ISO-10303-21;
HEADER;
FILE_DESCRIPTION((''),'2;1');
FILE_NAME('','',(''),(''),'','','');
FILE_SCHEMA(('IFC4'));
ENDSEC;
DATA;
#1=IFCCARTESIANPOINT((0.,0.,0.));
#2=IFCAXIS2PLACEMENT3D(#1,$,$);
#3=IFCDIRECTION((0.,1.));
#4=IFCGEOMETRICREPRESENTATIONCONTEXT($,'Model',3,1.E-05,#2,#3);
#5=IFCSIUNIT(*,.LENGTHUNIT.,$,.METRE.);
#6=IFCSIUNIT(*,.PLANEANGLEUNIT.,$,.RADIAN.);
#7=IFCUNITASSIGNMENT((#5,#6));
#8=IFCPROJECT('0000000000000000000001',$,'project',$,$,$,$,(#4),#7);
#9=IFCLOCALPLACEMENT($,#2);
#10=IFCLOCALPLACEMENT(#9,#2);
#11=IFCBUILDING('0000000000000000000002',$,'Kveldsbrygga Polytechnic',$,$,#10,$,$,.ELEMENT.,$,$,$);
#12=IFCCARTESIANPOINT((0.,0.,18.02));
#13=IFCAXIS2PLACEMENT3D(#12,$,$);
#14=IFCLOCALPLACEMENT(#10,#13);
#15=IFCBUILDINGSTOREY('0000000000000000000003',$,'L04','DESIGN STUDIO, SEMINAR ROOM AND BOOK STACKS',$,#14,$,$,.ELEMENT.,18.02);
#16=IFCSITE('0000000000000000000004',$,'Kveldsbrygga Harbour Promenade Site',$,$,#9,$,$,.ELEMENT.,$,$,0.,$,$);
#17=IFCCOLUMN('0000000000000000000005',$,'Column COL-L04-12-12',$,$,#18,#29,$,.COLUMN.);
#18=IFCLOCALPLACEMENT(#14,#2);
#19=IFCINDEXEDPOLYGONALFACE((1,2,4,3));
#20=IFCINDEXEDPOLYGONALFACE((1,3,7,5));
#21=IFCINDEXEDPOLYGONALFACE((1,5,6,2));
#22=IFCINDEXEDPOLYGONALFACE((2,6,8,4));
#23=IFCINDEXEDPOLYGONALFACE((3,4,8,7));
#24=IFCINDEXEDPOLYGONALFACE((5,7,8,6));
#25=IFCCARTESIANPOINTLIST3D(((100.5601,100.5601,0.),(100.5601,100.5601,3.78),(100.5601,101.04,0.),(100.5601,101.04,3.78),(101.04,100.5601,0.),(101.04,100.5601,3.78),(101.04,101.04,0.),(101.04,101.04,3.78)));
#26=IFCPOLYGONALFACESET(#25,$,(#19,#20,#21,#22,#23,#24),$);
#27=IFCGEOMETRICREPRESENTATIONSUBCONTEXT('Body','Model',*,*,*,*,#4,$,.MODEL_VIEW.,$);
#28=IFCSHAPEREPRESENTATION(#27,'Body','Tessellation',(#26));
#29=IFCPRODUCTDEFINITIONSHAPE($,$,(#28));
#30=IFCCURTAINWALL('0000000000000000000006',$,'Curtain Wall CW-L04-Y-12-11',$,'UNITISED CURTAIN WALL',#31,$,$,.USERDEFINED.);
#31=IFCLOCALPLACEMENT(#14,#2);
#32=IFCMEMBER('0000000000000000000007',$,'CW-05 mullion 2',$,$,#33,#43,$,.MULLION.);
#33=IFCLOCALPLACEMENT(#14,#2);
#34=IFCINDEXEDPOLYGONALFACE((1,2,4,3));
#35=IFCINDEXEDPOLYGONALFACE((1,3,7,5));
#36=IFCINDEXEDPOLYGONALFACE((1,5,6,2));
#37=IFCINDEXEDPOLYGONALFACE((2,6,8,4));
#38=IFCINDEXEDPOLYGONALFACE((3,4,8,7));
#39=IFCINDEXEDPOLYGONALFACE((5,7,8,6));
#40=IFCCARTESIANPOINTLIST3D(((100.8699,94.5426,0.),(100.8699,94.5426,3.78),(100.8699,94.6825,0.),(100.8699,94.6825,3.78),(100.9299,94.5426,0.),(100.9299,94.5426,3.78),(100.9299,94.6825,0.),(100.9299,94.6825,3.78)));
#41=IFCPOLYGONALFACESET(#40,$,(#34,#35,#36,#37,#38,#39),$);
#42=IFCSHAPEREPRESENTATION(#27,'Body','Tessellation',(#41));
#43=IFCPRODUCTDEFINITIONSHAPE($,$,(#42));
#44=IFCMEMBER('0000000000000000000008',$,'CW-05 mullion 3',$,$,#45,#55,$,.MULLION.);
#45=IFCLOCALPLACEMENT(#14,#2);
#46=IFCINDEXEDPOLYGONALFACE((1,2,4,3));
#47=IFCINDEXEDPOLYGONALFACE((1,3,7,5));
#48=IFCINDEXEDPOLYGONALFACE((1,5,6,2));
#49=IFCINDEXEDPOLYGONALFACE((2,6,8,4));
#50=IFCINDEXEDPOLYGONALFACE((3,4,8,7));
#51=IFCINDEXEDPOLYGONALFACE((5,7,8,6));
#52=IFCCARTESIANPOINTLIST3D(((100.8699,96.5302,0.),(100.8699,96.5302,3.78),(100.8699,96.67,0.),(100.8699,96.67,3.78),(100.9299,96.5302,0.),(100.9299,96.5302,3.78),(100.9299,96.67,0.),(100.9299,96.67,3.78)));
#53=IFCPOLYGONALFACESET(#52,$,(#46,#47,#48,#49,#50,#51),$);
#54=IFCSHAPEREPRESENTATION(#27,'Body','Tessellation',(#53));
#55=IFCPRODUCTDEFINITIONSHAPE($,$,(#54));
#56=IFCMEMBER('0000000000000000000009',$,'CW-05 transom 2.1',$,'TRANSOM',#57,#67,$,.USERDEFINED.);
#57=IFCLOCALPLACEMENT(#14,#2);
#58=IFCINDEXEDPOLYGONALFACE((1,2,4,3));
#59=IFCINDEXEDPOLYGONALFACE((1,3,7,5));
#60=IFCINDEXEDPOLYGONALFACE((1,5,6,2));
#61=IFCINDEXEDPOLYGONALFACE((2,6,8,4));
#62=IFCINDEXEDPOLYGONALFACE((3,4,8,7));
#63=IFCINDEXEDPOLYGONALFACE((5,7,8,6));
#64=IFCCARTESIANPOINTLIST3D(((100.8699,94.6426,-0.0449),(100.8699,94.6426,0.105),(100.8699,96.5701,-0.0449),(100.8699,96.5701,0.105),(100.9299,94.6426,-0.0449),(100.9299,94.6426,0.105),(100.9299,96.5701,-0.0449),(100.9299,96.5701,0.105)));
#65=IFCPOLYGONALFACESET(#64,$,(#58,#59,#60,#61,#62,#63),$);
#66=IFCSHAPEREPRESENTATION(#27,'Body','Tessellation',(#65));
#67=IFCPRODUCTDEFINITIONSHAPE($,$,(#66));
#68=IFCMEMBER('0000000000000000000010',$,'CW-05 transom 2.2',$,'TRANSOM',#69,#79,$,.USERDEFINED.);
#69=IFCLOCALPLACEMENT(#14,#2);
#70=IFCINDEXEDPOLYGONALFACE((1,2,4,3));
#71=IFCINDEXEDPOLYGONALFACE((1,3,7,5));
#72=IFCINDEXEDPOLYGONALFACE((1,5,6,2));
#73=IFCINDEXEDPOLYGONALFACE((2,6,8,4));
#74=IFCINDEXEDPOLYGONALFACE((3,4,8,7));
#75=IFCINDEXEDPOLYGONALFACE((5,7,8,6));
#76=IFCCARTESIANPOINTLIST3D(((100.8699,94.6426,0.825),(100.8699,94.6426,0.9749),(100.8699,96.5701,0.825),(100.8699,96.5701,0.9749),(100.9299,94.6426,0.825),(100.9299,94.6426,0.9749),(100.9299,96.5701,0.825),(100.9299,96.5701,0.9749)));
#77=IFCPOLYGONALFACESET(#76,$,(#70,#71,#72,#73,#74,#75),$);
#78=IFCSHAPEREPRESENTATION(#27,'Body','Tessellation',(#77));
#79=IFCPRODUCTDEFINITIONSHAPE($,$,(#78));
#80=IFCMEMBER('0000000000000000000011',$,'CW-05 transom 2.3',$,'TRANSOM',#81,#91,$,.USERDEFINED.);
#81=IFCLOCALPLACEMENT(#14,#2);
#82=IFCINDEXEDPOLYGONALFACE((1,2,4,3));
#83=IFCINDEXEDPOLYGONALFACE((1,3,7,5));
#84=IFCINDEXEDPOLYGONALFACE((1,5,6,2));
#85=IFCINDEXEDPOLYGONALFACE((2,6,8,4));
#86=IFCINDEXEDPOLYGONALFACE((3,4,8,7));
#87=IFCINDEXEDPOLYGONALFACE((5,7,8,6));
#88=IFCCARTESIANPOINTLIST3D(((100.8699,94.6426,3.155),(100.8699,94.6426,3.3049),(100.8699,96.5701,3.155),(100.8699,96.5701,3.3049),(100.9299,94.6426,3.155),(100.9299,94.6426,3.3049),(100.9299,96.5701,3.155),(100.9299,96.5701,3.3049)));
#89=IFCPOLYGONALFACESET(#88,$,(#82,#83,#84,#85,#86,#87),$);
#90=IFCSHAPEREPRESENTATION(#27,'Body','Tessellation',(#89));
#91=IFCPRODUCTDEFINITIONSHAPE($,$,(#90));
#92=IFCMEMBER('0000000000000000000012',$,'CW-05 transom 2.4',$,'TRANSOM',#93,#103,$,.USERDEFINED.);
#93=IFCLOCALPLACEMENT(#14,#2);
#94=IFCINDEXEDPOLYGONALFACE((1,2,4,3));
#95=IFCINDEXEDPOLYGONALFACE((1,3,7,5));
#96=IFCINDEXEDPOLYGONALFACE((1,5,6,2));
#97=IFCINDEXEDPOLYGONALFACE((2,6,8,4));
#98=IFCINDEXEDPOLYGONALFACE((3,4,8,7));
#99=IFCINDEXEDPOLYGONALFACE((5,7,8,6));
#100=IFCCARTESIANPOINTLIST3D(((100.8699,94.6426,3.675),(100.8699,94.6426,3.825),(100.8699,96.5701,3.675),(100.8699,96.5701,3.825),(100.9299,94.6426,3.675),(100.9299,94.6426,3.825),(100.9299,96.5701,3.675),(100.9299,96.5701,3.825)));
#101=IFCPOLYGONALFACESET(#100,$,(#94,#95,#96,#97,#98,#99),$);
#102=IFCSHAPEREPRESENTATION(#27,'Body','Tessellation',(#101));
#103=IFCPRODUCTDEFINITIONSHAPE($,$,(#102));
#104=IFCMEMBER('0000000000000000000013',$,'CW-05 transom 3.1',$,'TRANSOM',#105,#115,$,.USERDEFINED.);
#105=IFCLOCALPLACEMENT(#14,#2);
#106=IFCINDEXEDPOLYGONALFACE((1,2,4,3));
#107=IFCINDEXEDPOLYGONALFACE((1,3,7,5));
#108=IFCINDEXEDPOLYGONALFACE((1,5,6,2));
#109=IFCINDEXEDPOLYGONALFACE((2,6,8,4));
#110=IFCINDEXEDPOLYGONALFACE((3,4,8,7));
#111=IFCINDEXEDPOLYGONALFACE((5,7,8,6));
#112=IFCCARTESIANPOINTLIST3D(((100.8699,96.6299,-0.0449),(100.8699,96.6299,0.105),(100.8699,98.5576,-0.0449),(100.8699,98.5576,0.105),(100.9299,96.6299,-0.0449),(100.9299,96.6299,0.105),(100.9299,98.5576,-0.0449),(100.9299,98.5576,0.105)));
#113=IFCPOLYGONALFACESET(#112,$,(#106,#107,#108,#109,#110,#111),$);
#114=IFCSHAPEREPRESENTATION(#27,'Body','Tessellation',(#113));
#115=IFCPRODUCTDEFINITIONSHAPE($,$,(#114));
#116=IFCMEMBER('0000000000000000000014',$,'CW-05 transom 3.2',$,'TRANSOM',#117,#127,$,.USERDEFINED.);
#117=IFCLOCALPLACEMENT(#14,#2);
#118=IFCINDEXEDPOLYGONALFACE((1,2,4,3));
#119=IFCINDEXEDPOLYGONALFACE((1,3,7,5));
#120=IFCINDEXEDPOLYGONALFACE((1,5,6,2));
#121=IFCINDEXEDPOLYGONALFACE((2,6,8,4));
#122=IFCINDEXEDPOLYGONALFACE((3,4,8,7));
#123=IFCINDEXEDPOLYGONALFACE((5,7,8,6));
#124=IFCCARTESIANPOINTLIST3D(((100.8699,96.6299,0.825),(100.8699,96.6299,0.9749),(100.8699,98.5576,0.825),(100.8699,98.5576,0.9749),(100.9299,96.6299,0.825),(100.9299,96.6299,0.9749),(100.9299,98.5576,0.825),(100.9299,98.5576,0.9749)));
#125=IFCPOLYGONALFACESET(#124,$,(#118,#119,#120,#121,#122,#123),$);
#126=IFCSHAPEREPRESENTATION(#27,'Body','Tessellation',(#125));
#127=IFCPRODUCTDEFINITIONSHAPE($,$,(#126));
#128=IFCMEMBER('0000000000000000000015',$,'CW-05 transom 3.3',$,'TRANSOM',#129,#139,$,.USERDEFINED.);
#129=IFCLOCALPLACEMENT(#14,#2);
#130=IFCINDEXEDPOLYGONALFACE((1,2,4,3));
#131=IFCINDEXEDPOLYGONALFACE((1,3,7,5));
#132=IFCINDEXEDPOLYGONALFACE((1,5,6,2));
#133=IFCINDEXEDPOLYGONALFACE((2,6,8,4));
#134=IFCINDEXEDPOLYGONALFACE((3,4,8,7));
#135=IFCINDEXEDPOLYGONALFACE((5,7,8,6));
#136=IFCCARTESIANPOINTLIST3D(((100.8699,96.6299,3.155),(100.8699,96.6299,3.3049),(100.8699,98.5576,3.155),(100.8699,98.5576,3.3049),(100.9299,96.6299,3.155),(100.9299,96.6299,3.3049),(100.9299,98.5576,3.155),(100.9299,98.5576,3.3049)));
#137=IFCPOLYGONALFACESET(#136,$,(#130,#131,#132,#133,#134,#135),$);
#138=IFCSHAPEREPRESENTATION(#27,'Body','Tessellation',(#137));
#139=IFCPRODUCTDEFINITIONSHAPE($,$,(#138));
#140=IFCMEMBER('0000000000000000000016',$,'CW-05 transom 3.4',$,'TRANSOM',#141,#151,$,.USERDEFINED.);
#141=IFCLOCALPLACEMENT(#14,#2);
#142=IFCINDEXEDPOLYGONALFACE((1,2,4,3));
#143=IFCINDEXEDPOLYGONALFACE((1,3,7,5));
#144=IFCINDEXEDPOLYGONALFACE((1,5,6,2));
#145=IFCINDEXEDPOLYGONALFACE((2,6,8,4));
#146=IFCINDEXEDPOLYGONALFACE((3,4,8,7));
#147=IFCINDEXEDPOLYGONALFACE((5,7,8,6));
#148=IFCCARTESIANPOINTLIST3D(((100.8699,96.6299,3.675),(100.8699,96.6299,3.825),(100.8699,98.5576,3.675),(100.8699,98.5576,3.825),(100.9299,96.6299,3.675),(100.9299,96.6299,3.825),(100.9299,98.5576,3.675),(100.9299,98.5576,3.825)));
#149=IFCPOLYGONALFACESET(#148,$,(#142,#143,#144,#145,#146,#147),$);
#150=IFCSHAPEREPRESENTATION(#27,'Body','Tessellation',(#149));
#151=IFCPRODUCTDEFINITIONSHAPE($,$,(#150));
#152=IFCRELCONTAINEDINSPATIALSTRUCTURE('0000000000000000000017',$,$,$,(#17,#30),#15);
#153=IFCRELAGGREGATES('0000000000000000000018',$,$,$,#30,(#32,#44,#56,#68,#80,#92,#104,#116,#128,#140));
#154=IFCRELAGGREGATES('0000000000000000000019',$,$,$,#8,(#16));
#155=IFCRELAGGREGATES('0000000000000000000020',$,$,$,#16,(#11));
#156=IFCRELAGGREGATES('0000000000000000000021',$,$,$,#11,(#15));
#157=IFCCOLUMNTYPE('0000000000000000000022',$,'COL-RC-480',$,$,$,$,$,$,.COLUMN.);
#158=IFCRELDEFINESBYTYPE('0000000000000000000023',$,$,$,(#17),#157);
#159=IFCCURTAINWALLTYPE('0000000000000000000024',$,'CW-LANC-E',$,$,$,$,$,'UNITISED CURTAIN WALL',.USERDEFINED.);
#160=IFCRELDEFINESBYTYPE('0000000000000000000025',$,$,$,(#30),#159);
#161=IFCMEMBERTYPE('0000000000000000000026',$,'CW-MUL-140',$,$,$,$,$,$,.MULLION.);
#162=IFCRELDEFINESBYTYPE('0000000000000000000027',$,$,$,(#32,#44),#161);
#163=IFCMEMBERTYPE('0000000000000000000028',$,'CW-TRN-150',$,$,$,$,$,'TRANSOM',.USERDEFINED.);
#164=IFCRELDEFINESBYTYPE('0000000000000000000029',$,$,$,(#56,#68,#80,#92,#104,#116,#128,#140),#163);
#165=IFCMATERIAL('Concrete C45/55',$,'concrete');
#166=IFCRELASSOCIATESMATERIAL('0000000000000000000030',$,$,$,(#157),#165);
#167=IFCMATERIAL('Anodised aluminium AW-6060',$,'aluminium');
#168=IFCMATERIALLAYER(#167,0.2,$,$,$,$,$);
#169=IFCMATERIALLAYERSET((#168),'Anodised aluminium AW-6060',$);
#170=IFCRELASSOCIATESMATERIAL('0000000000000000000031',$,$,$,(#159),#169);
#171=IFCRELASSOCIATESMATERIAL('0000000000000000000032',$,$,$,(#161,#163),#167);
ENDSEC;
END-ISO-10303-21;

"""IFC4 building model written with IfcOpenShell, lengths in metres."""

from ifc_helpers import new_model, si_unit, direction, frame, origin, origin_2d, place, context, subcontext, project, spatial, rectangle, extrude, material, layer, layer_set, material_profile, profile_set, type_object, element, aggregate, save


model = new_model("IFC4")

# Units and contexts
model_context = context("Model", 3, precision=1e-05, world=origin(), true_north=direction((0.0, 1.0)))
body_context = subcontext(model_context, "Body", "Model", "MODEL_VIEW")
ifc_project = project(units=[si_unit("LENGTHUNIT", "METRE"), si_unit("PLANEANGLEUNIT", "RADIAN")], contexts=[model_context])

# Site, building, storey
site_placement = place(None, origin())
site = spatial("IfcSite", under=ifc_project, at=site_placement, Name="Kveldsbrygga Harbour Promenade Site", CompositionType="ELEMENT", RefElevation=0.0)
building_placement = place(site_placement, origin())
building = spatial("IfcBuilding", under=site, at=building_placement, Name="Kveldsbrygga Polytechnic", CompositionType="ELEMENT")
storey_placement = place(building_placement, frame((0.0, 0.0, 18.02)))
storey = spatial("IfcBuildingStorey", under=building, at=storey_placement, Name="L04", Description="DESIGN STUDIO, SEMINAR ROOM AND BOOK STACKS", CompositionType="ELEMENT", Elevation=18.02)

# Column
ifc_material_1 = material(Name="Concrete C45/55", Category="concrete")
ifc_material_profile_1 = material_profile(ifc_material_1, rectangle(XDim=0.48, YDim=0.48, at=origin_2d()), Name="RC 480x480")
ifc_profile_set_1 = profile_set([ifc_material_profile_1], Name="Concrete C45/55")
column_type = type_object("IfcColumnType", Name="COL-RC-480", PredefinedType="COLUMN", material=ifc_profile_set_1)
column_placement = place(storey_placement, frame((100.8, 100.8, 0.0), z_axis=(0.0, 0.0, 1.0), x_axis=(1.0, 0.0, 0.0)))
element("IfcColumn", 1, at=column_placement, inside=storey, type_object=column_type, Name="Column COL-L04-12-12", PredefinedType="COLUMN", context=body_context, shape_type="SweptSolid", body=[
    extrude(rectangle(XDim=0.48, YDim=0.48, at=origin_2d()), origin(), (0.0, 0.0, 1.0), 3.78),
])

# Curtain wall, members
ifc_material_2 = material(Name="Anodised aluminium AW-6060", Category="aluminium")
ifc_layer_1 = layer(ifc_material_2, 0.2)
ifc_layer_set_1 = layer_set([ifc_layer_1], Name="Anodised aluminium AW-6060")
curtain_wall_type = type_object("IfcCurtainWallType", Name="CW-LANC-E", ElementType="UNITISED CURTAIN WALL", PredefinedType="USERDEFINED", material=ifc_layer_set_1)
curtain_wall_placement = place(storey_placement, origin())
curtain_wall = element("IfcCurtainWall", 2, at=curtain_wall_placement, inside=storey, type_object=curtain_wall_type, Name="Curtain Wall CW-L04-Y-12-11", ObjectType="UNITISED CURTAIN WALL", PredefinedType="USERDEFINED")
ifc_material_profile_2 = material_profile(ifc_material_2, rectangle(XDim=0.0601, YDim=0.1399, at=origin_2d()), Name="ALU 60x140")
ifc_profile_set_2 = profile_set([ifc_material_profile_2], Name="Anodised aluminium AW-6060")
member_type_1 = type_object("IfcMemberType", Name="CW-MUL-140", PredefinedType="MULLION", material=ifc_profile_set_2)
member_1_placement = place(storey_placement, frame((100.8999, 94.6125, 0.0), z_axis=(0.0, 0.0, 1.0), x_axis=(-1.0, 0.0, 0.0)))
member_1 = element("IfcMember", 3, at=member_1_placement, type_object=member_type_1, Name="CW-05 mullion 2", PredefinedType="MULLION", context=body_context, shape_type="SweptSolid", body=[
    extrude(rectangle(XDim=0.0601, YDim=0.1399, at=origin_2d()), origin(), (0.0, 0.0, 1.0), 3.78),
])
member_2_placement = place(storey_placement, frame((100.8999, 96.6001, 0.0), z_axis=(0.0, 0.0, 1.0), x_axis=(-1.0, 0.0, 0.0)))
member_2 = element("IfcMember", 4, at=member_2_placement, type_object=member_type_1, Name="CW-05 mullion 3", PredefinedType="MULLION", context=body_context, shape_type="SweptSolid", body=[
    extrude(rectangle(XDim=0.0601, YDim=0.1399, at=origin_2d()), origin(), (0.0, 0.0, 1.0), 3.78),
])
ifc_material_profile_3 = material_profile(ifc_material_2, rectangle(XDim=0.0601, YDim=0.1499, at=origin_2d()), Name="ALU 60x150")
ifc_profile_set_3 = profile_set([ifc_material_profile_3], Name="Anodised aluminium AW-6060")
member_type_2 = type_object("IfcMemberType", Name="CW-TRN-150", ElementType="TRANSOM", PredefinedType="USERDEFINED", material=ifc_profile_set_3)
member_3_placement = place(storey_placement, frame((100.8999, 94.6426, 0.03), z_axis=(0.0, 1.0, 0.0), x_axis=(-1.0, 0.0, 0.0)))
member_3 = element("IfcMember", 5, at=member_3_placement, type_object=member_type_2, Name="CW-05 transom 2.1", ObjectType="TRANSOM", PredefinedType="USERDEFINED", context=body_context, shape_type="SweptSolid", body=[
    extrude(rectangle(XDim=0.0601, YDim=0.1499, at=origin_2d()), origin(), (0.0, 0.0, 1.0), 1.9275),
])
member_4_placement = place(storey_placement, frame((100.8999, 94.6426, 0.8999), z_axis=(0.0, 1.0, 0.0), x_axis=(-1.0, 0.0, 0.0)))
member_4 = element("IfcMember", 6, at=member_4_placement, type_object=member_type_2, Name="CW-05 transom 2.2", ObjectType="TRANSOM", PredefinedType="USERDEFINED", context=body_context, shape_type="SweptSolid", body=[
    extrude(rectangle(XDim=0.0601, YDim=0.1499, at=origin_2d()), origin(), (0.0, 0.0, 1.0), 1.9275),
])
member_5_placement = place(storey_placement, frame((100.8999, 94.6426, 3.23), z_axis=(0.0, 1.0, 0.0), x_axis=(-1.0, 0.0, 0.0)))
member_5 = element("IfcMember", 7, at=member_5_placement, type_object=member_type_2, Name="CW-05 transom 2.3", ObjectType="TRANSOM", PredefinedType="USERDEFINED", context=body_context, shape_type="SweptSolid", body=[
    extrude(rectangle(XDim=0.0601, YDim=0.1499, at=origin_2d()), origin(), (0.0, 0.0, 1.0), 1.9275),
])
member_6_placement = place(storey_placement, frame((100.8999, 94.6426, 3.75), z_axis=(0.0, 1.0, 0.0), x_axis=(-1.0, 0.0, 0.0)))
member_6 = element("IfcMember", 8, at=member_6_placement, type_object=member_type_2, Name="CW-05 transom 2.4", ObjectType="TRANSOM", PredefinedType="USERDEFINED", context=body_context, shape_type="SweptSolid", body=[
    extrude(rectangle(XDim=0.0601, YDim=0.1499, at=origin_2d()), origin(), (0.0, 0.0, 1.0), 1.9275),
])
member_7_placement = place(storey_placement, frame((100.8999, 96.6299, 0.03), z_axis=(0.0, 1.0, 0.0), x_axis=(-1.0, 0.0, 0.0)))
member_7 = element("IfcMember", 9, at=member_7_placement, type_object=member_type_2, Name="CW-05 transom 3.1", ObjectType="TRANSOM", PredefinedType="USERDEFINED", context=body_context, shape_type="SweptSolid", body=[
    extrude(rectangle(XDim=0.0601, YDim=0.1499, at=origin_2d()), origin(), (0.0, 0.0, 1.0), 1.9277),
])
member_8_placement = place(storey_placement, frame((100.8999, 96.6299, 0.8999), z_axis=(0.0, 1.0, 0.0), x_axis=(-1.0, 0.0, 0.0)))
member_8 = element("IfcMember", 10, at=member_8_placement, type_object=member_type_2, Name="CW-05 transom 3.2", ObjectType="TRANSOM", PredefinedType="USERDEFINED", context=body_context, shape_type="SweptSolid", body=[
    extrude(rectangle(XDim=0.0601, YDim=0.1499, at=origin_2d()), origin(), (0.0, 0.0, 1.0), 1.9277),
])
member_9_placement = place(storey_placement, frame((100.8999, 96.6299, 3.23), z_axis=(0.0, 1.0, 0.0), x_axis=(-1.0, 0.0, 0.0)))
member_9 = element("IfcMember", 11, at=member_9_placement, type_object=member_type_2, Name="CW-05 transom 3.3", ObjectType="TRANSOM", PredefinedType="USERDEFINED", context=body_context, shape_type="SweptSolid", body=[
    extrude(rectangle(XDim=0.0601, YDim=0.1499, at=origin_2d()), origin(), (0.0, 0.0, 1.0), 1.9277),
])
member_10_placement = place(storey_placement, frame((100.8999, 96.6299, 3.75), z_axis=(0.0, 1.0, 0.0), x_axis=(-1.0, 0.0, 0.0)))
member_10 = element("IfcMember", 12, at=member_10_placement, type_object=member_type_2, Name="CW-05 transom 3.4", ObjectType="TRANSOM", PredefinedType="USERDEFINED", context=body_context, shape_type="SweptSolid", body=[
    extrude(rectangle(XDim=0.0601, YDim=0.1499, at=origin_2d()), origin(), (0.0, 0.0, 1.0), 1.9277),
])

aggregate(curtain_wall, [member_1, member_2, member_3, member_4, member_5, member_6, member_7, member_8, member_9, member_10])

save(model, "model.ifc")
